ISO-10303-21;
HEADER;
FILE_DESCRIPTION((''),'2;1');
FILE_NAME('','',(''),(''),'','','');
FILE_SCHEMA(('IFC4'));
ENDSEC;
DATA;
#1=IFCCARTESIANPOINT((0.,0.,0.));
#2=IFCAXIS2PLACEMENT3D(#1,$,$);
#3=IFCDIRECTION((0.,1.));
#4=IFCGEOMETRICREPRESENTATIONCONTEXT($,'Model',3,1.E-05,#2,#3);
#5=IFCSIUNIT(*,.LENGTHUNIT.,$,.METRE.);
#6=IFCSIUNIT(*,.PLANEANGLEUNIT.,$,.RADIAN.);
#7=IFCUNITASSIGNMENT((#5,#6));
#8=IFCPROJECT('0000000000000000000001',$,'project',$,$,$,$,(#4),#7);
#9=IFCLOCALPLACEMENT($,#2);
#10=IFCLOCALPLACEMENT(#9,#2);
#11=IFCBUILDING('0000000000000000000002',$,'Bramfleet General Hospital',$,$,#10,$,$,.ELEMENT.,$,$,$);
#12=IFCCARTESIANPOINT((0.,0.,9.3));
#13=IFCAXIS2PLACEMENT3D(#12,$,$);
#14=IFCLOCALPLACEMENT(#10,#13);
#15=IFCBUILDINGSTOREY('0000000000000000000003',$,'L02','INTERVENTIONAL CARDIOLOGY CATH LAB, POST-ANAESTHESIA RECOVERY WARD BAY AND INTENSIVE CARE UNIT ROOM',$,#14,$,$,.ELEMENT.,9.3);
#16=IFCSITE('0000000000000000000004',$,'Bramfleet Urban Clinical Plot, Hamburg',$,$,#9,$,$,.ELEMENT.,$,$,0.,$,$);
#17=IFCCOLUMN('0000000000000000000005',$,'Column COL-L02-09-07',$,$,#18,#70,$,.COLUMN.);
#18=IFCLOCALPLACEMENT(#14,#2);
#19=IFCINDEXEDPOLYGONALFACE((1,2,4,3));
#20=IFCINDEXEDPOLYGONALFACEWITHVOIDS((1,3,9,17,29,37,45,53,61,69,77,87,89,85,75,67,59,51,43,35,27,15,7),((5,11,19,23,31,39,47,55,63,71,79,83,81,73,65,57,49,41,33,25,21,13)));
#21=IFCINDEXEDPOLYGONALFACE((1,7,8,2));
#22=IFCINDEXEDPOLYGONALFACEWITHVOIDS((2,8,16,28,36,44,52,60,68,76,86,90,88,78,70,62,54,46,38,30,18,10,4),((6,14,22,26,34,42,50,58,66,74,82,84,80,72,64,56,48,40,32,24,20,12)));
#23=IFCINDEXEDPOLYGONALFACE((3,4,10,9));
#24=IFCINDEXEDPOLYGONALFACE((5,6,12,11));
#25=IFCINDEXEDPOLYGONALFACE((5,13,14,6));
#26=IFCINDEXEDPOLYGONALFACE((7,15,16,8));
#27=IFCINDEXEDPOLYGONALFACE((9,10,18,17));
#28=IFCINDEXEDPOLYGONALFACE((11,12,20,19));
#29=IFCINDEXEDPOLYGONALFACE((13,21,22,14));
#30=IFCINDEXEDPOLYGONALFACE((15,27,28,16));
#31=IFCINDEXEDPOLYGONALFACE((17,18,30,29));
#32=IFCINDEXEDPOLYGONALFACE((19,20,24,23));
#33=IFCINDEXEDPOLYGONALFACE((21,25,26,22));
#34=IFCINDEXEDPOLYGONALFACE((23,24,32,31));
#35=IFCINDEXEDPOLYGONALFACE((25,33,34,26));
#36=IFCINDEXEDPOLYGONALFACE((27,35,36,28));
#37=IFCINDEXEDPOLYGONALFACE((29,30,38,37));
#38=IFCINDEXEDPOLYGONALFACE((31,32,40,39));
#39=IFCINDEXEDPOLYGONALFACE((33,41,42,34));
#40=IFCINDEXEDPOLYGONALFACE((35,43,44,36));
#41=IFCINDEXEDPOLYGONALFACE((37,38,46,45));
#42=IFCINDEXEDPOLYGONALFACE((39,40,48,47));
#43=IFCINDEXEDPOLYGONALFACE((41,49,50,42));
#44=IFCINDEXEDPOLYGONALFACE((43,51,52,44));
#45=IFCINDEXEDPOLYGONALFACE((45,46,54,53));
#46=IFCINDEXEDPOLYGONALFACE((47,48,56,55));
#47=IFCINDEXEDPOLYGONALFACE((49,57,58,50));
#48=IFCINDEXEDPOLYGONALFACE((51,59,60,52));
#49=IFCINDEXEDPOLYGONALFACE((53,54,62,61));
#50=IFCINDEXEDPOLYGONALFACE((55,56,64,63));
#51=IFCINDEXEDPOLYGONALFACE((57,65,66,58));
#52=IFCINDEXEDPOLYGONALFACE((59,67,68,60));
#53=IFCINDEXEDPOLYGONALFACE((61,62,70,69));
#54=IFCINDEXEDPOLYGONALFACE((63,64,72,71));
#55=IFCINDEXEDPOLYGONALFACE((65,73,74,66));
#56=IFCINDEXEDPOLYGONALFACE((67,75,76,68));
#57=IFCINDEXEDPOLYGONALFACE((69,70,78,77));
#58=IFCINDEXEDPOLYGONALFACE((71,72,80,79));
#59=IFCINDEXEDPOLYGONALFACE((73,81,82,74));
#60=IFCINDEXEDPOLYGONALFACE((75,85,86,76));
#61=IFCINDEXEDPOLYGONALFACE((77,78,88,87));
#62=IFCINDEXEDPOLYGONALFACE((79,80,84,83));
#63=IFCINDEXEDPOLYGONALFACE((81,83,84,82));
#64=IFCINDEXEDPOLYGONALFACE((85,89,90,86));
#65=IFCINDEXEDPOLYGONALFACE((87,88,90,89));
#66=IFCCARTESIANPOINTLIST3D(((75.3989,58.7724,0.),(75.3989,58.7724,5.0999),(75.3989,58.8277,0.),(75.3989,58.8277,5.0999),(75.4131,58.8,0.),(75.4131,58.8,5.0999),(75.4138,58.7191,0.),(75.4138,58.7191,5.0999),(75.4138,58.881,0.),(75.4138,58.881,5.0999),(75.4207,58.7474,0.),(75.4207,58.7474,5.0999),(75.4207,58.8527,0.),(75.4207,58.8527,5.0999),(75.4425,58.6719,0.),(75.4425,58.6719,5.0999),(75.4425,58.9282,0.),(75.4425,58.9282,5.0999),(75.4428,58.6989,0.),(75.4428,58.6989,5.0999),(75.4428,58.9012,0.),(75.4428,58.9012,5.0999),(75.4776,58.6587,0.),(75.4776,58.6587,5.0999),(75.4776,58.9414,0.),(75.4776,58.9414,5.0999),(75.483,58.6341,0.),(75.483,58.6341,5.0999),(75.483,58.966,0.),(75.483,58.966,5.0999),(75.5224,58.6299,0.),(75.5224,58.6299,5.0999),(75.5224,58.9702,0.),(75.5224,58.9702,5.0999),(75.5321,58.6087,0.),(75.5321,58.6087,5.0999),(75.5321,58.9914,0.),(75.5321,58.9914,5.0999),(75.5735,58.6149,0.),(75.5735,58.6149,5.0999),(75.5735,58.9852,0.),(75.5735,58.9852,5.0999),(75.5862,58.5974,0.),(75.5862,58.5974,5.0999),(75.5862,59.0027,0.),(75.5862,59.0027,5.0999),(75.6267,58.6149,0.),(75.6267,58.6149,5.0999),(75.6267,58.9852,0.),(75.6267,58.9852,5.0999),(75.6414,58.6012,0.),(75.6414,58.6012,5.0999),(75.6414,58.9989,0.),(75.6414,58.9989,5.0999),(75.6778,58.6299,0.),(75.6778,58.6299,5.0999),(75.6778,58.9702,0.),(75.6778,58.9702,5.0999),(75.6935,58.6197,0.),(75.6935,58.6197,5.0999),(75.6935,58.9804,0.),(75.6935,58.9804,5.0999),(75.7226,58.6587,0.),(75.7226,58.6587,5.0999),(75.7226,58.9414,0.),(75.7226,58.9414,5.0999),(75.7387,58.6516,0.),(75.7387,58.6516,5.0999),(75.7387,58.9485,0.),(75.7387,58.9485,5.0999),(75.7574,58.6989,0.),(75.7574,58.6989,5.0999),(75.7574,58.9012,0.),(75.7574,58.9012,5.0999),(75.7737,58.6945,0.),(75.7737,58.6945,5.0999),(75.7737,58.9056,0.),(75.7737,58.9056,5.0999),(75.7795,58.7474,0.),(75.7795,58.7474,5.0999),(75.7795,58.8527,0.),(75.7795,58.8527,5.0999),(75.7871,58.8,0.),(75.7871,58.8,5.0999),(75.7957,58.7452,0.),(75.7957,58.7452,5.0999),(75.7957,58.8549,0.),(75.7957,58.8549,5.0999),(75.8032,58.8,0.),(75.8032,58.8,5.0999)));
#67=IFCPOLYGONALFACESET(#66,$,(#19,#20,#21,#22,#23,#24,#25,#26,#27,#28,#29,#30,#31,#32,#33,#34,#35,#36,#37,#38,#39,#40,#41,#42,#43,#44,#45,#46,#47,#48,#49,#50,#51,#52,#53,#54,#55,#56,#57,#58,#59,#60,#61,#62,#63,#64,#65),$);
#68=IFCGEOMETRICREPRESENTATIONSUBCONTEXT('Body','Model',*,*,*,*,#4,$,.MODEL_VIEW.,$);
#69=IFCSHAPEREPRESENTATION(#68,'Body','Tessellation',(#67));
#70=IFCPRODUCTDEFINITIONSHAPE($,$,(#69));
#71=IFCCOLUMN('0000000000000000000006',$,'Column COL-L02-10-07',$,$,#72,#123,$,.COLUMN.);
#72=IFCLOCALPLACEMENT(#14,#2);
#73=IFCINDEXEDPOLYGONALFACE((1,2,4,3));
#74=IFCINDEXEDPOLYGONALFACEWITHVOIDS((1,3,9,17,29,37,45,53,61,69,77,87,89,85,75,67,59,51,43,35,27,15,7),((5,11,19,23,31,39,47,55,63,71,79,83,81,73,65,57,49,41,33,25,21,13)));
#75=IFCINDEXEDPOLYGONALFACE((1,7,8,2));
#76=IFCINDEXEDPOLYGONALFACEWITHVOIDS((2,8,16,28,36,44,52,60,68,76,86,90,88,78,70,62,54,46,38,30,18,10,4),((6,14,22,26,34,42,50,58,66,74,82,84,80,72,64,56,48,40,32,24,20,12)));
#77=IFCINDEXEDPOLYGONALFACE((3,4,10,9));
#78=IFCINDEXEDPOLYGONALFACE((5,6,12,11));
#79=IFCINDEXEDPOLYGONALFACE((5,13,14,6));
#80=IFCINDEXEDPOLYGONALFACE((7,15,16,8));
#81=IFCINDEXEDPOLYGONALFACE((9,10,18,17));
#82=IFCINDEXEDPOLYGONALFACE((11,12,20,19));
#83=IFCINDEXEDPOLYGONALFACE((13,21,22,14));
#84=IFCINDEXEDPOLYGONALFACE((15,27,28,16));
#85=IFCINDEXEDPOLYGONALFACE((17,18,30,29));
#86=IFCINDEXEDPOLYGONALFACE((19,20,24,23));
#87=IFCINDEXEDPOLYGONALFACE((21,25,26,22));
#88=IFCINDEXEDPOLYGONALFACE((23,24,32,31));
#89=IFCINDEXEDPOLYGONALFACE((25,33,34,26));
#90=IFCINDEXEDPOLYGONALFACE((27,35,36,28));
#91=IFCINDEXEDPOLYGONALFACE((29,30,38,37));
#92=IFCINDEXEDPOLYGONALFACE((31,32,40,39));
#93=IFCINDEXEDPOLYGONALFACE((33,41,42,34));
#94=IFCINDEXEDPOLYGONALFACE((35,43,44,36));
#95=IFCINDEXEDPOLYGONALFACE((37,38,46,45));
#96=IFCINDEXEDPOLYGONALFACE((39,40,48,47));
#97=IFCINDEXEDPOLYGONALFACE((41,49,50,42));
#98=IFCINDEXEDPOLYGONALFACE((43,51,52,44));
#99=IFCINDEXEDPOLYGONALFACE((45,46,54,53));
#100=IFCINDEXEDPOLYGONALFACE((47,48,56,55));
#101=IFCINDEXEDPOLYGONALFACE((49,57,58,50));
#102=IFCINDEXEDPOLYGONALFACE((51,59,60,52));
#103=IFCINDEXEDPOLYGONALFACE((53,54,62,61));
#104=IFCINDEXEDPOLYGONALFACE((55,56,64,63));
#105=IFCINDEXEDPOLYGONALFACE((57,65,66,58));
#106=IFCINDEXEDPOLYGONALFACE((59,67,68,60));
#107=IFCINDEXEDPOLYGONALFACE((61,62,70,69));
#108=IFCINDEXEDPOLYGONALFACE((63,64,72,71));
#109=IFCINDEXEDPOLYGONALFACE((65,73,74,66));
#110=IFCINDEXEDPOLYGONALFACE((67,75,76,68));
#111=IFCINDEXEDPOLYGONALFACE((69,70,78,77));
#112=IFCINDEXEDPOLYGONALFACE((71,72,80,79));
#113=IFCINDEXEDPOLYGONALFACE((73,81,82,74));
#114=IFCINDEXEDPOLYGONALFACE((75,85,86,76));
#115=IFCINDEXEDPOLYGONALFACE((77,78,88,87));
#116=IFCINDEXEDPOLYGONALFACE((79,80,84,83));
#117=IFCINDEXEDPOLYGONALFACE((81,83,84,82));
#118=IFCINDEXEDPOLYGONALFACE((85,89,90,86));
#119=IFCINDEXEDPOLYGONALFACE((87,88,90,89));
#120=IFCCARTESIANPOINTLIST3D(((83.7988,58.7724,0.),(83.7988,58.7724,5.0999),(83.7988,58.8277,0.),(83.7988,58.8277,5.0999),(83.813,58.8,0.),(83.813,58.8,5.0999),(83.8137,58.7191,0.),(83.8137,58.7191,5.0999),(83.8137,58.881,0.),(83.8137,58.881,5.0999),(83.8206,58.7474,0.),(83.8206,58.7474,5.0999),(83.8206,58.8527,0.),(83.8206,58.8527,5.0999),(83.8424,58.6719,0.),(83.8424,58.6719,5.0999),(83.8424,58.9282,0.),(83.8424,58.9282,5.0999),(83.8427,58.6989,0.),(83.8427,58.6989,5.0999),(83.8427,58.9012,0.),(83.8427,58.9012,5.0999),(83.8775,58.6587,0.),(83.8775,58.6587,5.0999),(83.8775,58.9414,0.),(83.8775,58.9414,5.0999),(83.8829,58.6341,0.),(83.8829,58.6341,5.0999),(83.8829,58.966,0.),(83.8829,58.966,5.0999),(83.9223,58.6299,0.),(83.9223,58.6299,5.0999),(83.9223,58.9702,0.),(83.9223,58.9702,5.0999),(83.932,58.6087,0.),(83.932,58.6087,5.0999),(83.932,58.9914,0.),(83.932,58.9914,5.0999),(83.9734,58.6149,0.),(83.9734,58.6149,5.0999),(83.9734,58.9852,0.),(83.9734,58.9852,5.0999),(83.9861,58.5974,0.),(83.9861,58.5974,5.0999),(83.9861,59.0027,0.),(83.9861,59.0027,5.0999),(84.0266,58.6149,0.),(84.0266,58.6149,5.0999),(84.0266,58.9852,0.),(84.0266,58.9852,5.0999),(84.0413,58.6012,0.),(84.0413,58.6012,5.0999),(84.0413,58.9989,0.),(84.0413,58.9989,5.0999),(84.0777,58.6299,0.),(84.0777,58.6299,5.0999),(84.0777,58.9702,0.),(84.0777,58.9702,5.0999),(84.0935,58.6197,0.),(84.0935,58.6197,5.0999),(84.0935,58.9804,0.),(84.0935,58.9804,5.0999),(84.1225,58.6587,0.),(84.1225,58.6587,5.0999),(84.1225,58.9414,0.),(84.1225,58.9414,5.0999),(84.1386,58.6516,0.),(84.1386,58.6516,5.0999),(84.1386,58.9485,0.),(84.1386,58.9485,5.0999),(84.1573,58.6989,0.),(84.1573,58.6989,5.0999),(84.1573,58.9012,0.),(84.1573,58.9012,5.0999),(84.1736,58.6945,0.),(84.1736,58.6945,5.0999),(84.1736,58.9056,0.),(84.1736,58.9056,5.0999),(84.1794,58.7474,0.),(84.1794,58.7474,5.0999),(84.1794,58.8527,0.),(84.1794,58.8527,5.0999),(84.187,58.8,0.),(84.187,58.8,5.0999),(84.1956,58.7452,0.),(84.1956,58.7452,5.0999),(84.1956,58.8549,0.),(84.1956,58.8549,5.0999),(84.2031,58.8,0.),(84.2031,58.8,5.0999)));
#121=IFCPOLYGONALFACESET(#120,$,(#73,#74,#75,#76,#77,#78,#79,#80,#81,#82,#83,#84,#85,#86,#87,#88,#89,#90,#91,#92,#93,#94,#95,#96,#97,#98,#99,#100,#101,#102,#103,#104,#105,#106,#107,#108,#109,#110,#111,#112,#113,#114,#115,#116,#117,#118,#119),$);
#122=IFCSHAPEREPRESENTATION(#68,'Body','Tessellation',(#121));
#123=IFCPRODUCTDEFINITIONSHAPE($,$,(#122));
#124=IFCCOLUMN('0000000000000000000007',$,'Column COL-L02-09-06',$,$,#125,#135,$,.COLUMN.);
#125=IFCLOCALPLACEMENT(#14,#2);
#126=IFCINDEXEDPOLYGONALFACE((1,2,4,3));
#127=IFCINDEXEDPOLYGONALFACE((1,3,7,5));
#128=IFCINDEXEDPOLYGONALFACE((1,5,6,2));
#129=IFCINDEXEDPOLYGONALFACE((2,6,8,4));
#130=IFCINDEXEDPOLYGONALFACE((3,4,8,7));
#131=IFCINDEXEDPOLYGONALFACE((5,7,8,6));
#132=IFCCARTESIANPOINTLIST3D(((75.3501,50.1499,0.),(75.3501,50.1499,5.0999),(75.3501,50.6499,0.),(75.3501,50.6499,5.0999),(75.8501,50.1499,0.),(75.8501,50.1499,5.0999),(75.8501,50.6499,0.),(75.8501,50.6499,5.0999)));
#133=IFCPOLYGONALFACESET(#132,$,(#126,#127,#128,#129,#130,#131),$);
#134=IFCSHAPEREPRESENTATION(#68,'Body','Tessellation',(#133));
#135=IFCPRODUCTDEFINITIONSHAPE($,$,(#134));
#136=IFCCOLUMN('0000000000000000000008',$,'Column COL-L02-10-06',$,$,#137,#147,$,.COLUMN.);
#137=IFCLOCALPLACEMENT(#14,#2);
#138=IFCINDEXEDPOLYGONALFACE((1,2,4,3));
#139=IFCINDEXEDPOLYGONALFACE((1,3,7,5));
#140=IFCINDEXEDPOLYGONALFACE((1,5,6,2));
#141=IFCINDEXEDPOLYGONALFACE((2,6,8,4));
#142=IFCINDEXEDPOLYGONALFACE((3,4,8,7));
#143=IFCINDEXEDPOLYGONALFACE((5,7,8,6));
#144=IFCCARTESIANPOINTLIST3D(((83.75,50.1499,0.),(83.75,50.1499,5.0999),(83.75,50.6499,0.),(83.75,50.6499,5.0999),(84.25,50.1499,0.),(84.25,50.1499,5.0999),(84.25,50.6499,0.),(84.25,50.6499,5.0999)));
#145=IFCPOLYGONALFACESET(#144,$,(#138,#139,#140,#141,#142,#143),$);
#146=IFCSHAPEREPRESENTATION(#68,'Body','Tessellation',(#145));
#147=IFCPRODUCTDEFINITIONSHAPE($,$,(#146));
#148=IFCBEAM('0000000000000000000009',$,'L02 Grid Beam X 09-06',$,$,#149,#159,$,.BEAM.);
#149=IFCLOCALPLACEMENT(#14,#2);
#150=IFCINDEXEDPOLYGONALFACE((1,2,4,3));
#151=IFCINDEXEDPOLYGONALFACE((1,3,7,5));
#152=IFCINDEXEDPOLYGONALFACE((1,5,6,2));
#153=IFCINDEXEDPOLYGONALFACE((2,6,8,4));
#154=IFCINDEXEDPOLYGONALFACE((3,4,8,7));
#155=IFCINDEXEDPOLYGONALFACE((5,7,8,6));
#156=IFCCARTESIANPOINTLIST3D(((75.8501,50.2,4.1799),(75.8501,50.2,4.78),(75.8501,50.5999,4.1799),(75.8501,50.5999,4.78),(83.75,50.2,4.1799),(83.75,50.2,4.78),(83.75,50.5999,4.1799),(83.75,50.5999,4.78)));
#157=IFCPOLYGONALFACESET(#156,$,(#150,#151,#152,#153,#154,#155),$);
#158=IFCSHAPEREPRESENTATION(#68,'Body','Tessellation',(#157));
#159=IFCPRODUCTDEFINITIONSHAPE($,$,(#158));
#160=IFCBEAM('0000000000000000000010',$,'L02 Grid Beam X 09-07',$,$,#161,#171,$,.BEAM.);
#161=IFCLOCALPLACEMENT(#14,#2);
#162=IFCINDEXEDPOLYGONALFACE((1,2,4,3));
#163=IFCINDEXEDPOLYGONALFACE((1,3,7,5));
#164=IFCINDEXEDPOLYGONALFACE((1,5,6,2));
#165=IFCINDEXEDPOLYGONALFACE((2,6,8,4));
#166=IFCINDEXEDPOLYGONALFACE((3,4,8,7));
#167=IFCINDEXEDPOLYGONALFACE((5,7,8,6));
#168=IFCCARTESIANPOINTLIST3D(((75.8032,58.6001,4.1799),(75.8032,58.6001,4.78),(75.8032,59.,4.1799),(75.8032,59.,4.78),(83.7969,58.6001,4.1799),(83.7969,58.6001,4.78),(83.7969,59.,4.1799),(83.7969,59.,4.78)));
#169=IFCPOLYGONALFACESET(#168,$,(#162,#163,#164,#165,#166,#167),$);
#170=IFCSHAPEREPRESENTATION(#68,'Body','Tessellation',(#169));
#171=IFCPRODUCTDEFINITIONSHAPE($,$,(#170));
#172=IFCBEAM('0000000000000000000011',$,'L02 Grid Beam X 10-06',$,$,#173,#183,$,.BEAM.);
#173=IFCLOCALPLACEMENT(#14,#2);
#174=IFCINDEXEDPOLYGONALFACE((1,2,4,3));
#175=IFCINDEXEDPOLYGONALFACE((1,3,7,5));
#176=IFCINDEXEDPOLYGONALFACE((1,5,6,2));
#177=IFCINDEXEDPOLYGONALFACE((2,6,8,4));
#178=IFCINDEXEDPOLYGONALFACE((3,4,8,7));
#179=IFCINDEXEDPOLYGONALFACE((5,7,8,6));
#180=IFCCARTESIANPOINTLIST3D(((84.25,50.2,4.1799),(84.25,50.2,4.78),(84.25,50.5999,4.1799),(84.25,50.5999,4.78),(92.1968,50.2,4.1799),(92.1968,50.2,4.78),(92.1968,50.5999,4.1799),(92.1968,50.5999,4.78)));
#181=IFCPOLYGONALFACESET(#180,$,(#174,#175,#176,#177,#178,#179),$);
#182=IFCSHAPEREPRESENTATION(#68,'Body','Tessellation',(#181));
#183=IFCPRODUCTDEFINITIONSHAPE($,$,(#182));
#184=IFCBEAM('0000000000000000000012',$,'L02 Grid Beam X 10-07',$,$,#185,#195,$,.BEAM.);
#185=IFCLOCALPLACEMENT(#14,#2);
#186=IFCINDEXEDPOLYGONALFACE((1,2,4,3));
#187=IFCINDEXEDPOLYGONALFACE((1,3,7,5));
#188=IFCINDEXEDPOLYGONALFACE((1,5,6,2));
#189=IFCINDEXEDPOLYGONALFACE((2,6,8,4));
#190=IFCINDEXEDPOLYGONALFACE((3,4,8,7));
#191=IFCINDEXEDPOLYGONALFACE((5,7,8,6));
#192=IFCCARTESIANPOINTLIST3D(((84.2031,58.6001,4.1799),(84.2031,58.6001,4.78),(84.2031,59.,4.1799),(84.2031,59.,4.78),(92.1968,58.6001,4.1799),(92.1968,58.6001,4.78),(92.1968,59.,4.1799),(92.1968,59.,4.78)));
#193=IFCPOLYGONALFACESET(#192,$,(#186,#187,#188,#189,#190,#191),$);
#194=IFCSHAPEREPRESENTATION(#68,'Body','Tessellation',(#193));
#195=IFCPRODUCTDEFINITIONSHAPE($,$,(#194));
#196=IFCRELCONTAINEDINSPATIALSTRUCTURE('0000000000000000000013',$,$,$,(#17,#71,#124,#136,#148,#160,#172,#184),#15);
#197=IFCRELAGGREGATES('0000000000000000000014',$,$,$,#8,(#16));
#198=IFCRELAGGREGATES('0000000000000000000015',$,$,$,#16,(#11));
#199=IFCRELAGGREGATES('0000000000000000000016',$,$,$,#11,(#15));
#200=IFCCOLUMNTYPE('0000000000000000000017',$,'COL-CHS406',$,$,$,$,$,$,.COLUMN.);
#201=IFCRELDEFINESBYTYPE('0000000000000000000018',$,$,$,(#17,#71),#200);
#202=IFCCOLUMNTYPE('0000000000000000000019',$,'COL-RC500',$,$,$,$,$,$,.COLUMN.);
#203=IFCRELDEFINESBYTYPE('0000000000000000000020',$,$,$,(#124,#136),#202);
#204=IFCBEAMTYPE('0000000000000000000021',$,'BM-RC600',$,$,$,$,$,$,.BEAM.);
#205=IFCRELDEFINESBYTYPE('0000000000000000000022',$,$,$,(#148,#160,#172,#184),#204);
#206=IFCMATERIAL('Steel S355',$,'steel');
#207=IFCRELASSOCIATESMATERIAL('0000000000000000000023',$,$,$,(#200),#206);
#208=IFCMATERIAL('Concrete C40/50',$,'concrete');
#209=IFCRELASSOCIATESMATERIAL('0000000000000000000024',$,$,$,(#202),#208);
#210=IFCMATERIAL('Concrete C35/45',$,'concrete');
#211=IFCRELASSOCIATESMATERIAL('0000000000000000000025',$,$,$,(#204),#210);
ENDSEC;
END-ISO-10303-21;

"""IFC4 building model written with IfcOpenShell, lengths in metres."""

from ifc_helpers import new_model, si_unit, direction, frame, origin, origin_2d, place, context, subcontext, project, spatial, rectangle, hollow_circle, extrude, material, material_profile, profile_set, type_object, element, save


model = new_model("IFC4")

# Units and contexts
model_context = context("Model", 3, precision=1e-05, world=origin(), true_north=direction((0.0, 1.0)))
body_context = subcontext(model_context, "Body", "Model", "MODEL_VIEW")
ifc_project = project(units=[si_unit("LENGTHUNIT", "METRE"), si_unit("PLANEANGLEUNIT", "RADIAN")], contexts=[model_context])

# Site, building, storey
site_placement = place(None, origin())
site = spatial("IfcSite", under=ifc_project, at=site_placement, Name="Bramfleet Urban Clinical Plot, Hamburg", CompositionType="ELEMENT", RefElevation=0.0)
building_placement = place(site_placement, origin())
building = spatial("IfcBuilding", under=site, at=building_placement, Name="Bramfleet General Hospital", CompositionType="ELEMENT")
storey_placement = place(building_placement, frame((0.0, 0.0, 9.3)))
storey = spatial("IfcBuildingStorey", under=building, at=storey_placement, Name="L02", Description="INTERVENTIONAL CARDIOLOGY CATH LAB, POST-ANAESTHESIA RECOVERY WARD BAY AND INTENSIVE CARE UNIT ROOM", CompositionType="ELEMENT", Elevation=9.3)

# Columns
ifc_material_1 = material(Name="Steel S355", Category="steel")
ifc_material_profile_1 = material_profile(ifc_material_1, hollow_circle(Radius=0.2031, WallThickness=0.0161, at=origin_2d()), Name="CHS 406.4x16.0")
ifc_profile_set_1 = profile_set([ifc_material_profile_1], Name="Steel S355")
column_type_1 = type_object("IfcColumnType", Name="COL-CHS406", PredefinedType="COLUMN", material=ifc_profile_set_1)
for number, where, z_axis, x_axis, name in (
    (1, (75.6001, 58.8, 0.0), (0.0, 0.0, 1.0), (1.0, 0.0, 0.0), "Column COL-L02-09-07"),
    (2, (84.0, 58.8, 0.0), (0.0, 0.0, 1.0), (1.0, 0.0, 0.0), "Column COL-L02-10-07"),
):
    element("IfcColumn", number, at=place(storey_placement, frame(where, z_axis=z_axis, x_axis=x_axis)), inside=storey, type_object=column_type_1, Name=name, PredefinedType="COLUMN", context=body_context, shape_type="SweptSolid", body=[
        extrude(hollow_circle(Radius=0.2031, WallThickness=0.0161, at=origin_2d()), origin(), (0.0, 0.0, 1.0), 5.0999),
    ])
ifc_material_2 = material(Name="Concrete C40/50", Category="concrete")
ifc_material_profile_2 = material_profile(ifc_material_2, rectangle(XDim=0.5, YDim=0.5, at=origin_2d()), Name="RC COL 500x500")
ifc_profile_set_2 = profile_set([ifc_material_profile_2], Name="Concrete C40/50")
column_type_2 = type_object("IfcColumnType", Name="COL-RC500", PredefinedType="COLUMN", material=ifc_profile_set_2)
for number, where, z_axis, x_axis, name in (
    (3, (75.6001, 50.3999, 0.0), (0.0, 0.0, 1.0), (1.0, 0.0, 0.0), "Column COL-L02-09-06"),
    (4, (84.0, 50.3999, 0.0), (0.0, 0.0, 1.0), (1.0, 0.0, 0.0), "Column COL-L02-10-06"),
):
    element("IfcColumn", number, at=place(storey_placement, frame(where, z_axis=z_axis, x_axis=x_axis)), inside=storey, type_object=column_type_2, Name=name, PredefinedType="COLUMN", context=body_context, shape_type="SweptSolid", body=[
        extrude(rectangle(XDim=0.5, YDim=0.5, at=origin_2d()), origin(), (0.0, 0.0, 1.0), 5.0999),
    ])

# Beams
ifc_material_3 = material(Name="Concrete C35/45", Category="concrete")
ifc_material_profile_3 = material_profile(ifc_material_3, rectangle(XDim=0.3999, YDim=0.6001, at=origin_2d()), Name="RC BM 600x400")
ifc_profile_set_3 = profile_set([ifc_material_profile_3], Name="Concrete C35/45")
beam_type = type_object("IfcBeamType", Name="BM-RC600", PredefinedType="BEAM", material=ifc_profile_set_3)
beam_1_placement = place(storey_placement, frame((75.8501, 50.3999, 4.48), z_axis=(1.0, 0.0, 0.0), x_axis=(0.0, 1.0, 0.0)))
element("IfcBeam", 5, at=beam_1_placement, inside=storey, type_object=beam_type, Name="L02 Grid Beam X 09-06", PredefinedType="BEAM", context=body_context, shape_type="SweptSolid", body=[
    extrude(rectangle(XDim=0.3999, YDim=0.6001, at=origin_2d()), origin(), (0.0, 0.0, 1.0), 7.8999),
])
beam_2_placement = place(storey_placement, frame((75.8032, 58.8, 4.48), z_axis=(1.0, 0.0, 0.0), x_axis=(0.0, 1.0, 0.0)))
element("IfcBeam", 6, at=beam_2_placement, inside=storey, type_object=beam_type, Name="L02 Grid Beam X 09-07", PredefinedType="BEAM", context=body_context, shape_type="SweptSolid", body=[
    extrude(rectangle(XDim=0.3999, YDim=0.6001, at=origin_2d()), origin(), (0.0, 0.0, 1.0), 7.9937),
])
beam_3_placement = place(storey_placement, frame((84.25, 50.3999, 4.48), z_axis=(1.0, 0.0, 0.0), x_axis=(0.0, 1.0, 0.0)))
element("IfcBeam", 7, at=beam_3_placement, inside=storey, type_object=beam_type, Name="L02 Grid Beam X 10-06", PredefinedType="BEAM", context=body_context, shape_type="SweptSolid", body=[
    extrude(rectangle(XDim=0.3999, YDim=0.6001, at=origin_2d()), origin(), (0.0, 0.0, 1.0), 7.9468),
])
beam_4_placement = place(storey_placement, frame((84.2031, 58.8, 4.48), z_axis=(1.0, 0.0, 0.0), x_axis=(0.0, 1.0, 0.0)))
element("IfcBeam", 8, at=beam_4_placement, inside=storey, type_object=beam_type, Name="L02 Grid Beam X 10-07", PredefinedType="BEAM", context=body_context, shape_type="SweptSolid", body=[
    extrude(rectangle(XDim=0.3999, YDim=0.6001, at=origin_2d()), origin(), (0.0, 0.0, 1.0), 7.9937),
])

save(model, "model.ifc")
